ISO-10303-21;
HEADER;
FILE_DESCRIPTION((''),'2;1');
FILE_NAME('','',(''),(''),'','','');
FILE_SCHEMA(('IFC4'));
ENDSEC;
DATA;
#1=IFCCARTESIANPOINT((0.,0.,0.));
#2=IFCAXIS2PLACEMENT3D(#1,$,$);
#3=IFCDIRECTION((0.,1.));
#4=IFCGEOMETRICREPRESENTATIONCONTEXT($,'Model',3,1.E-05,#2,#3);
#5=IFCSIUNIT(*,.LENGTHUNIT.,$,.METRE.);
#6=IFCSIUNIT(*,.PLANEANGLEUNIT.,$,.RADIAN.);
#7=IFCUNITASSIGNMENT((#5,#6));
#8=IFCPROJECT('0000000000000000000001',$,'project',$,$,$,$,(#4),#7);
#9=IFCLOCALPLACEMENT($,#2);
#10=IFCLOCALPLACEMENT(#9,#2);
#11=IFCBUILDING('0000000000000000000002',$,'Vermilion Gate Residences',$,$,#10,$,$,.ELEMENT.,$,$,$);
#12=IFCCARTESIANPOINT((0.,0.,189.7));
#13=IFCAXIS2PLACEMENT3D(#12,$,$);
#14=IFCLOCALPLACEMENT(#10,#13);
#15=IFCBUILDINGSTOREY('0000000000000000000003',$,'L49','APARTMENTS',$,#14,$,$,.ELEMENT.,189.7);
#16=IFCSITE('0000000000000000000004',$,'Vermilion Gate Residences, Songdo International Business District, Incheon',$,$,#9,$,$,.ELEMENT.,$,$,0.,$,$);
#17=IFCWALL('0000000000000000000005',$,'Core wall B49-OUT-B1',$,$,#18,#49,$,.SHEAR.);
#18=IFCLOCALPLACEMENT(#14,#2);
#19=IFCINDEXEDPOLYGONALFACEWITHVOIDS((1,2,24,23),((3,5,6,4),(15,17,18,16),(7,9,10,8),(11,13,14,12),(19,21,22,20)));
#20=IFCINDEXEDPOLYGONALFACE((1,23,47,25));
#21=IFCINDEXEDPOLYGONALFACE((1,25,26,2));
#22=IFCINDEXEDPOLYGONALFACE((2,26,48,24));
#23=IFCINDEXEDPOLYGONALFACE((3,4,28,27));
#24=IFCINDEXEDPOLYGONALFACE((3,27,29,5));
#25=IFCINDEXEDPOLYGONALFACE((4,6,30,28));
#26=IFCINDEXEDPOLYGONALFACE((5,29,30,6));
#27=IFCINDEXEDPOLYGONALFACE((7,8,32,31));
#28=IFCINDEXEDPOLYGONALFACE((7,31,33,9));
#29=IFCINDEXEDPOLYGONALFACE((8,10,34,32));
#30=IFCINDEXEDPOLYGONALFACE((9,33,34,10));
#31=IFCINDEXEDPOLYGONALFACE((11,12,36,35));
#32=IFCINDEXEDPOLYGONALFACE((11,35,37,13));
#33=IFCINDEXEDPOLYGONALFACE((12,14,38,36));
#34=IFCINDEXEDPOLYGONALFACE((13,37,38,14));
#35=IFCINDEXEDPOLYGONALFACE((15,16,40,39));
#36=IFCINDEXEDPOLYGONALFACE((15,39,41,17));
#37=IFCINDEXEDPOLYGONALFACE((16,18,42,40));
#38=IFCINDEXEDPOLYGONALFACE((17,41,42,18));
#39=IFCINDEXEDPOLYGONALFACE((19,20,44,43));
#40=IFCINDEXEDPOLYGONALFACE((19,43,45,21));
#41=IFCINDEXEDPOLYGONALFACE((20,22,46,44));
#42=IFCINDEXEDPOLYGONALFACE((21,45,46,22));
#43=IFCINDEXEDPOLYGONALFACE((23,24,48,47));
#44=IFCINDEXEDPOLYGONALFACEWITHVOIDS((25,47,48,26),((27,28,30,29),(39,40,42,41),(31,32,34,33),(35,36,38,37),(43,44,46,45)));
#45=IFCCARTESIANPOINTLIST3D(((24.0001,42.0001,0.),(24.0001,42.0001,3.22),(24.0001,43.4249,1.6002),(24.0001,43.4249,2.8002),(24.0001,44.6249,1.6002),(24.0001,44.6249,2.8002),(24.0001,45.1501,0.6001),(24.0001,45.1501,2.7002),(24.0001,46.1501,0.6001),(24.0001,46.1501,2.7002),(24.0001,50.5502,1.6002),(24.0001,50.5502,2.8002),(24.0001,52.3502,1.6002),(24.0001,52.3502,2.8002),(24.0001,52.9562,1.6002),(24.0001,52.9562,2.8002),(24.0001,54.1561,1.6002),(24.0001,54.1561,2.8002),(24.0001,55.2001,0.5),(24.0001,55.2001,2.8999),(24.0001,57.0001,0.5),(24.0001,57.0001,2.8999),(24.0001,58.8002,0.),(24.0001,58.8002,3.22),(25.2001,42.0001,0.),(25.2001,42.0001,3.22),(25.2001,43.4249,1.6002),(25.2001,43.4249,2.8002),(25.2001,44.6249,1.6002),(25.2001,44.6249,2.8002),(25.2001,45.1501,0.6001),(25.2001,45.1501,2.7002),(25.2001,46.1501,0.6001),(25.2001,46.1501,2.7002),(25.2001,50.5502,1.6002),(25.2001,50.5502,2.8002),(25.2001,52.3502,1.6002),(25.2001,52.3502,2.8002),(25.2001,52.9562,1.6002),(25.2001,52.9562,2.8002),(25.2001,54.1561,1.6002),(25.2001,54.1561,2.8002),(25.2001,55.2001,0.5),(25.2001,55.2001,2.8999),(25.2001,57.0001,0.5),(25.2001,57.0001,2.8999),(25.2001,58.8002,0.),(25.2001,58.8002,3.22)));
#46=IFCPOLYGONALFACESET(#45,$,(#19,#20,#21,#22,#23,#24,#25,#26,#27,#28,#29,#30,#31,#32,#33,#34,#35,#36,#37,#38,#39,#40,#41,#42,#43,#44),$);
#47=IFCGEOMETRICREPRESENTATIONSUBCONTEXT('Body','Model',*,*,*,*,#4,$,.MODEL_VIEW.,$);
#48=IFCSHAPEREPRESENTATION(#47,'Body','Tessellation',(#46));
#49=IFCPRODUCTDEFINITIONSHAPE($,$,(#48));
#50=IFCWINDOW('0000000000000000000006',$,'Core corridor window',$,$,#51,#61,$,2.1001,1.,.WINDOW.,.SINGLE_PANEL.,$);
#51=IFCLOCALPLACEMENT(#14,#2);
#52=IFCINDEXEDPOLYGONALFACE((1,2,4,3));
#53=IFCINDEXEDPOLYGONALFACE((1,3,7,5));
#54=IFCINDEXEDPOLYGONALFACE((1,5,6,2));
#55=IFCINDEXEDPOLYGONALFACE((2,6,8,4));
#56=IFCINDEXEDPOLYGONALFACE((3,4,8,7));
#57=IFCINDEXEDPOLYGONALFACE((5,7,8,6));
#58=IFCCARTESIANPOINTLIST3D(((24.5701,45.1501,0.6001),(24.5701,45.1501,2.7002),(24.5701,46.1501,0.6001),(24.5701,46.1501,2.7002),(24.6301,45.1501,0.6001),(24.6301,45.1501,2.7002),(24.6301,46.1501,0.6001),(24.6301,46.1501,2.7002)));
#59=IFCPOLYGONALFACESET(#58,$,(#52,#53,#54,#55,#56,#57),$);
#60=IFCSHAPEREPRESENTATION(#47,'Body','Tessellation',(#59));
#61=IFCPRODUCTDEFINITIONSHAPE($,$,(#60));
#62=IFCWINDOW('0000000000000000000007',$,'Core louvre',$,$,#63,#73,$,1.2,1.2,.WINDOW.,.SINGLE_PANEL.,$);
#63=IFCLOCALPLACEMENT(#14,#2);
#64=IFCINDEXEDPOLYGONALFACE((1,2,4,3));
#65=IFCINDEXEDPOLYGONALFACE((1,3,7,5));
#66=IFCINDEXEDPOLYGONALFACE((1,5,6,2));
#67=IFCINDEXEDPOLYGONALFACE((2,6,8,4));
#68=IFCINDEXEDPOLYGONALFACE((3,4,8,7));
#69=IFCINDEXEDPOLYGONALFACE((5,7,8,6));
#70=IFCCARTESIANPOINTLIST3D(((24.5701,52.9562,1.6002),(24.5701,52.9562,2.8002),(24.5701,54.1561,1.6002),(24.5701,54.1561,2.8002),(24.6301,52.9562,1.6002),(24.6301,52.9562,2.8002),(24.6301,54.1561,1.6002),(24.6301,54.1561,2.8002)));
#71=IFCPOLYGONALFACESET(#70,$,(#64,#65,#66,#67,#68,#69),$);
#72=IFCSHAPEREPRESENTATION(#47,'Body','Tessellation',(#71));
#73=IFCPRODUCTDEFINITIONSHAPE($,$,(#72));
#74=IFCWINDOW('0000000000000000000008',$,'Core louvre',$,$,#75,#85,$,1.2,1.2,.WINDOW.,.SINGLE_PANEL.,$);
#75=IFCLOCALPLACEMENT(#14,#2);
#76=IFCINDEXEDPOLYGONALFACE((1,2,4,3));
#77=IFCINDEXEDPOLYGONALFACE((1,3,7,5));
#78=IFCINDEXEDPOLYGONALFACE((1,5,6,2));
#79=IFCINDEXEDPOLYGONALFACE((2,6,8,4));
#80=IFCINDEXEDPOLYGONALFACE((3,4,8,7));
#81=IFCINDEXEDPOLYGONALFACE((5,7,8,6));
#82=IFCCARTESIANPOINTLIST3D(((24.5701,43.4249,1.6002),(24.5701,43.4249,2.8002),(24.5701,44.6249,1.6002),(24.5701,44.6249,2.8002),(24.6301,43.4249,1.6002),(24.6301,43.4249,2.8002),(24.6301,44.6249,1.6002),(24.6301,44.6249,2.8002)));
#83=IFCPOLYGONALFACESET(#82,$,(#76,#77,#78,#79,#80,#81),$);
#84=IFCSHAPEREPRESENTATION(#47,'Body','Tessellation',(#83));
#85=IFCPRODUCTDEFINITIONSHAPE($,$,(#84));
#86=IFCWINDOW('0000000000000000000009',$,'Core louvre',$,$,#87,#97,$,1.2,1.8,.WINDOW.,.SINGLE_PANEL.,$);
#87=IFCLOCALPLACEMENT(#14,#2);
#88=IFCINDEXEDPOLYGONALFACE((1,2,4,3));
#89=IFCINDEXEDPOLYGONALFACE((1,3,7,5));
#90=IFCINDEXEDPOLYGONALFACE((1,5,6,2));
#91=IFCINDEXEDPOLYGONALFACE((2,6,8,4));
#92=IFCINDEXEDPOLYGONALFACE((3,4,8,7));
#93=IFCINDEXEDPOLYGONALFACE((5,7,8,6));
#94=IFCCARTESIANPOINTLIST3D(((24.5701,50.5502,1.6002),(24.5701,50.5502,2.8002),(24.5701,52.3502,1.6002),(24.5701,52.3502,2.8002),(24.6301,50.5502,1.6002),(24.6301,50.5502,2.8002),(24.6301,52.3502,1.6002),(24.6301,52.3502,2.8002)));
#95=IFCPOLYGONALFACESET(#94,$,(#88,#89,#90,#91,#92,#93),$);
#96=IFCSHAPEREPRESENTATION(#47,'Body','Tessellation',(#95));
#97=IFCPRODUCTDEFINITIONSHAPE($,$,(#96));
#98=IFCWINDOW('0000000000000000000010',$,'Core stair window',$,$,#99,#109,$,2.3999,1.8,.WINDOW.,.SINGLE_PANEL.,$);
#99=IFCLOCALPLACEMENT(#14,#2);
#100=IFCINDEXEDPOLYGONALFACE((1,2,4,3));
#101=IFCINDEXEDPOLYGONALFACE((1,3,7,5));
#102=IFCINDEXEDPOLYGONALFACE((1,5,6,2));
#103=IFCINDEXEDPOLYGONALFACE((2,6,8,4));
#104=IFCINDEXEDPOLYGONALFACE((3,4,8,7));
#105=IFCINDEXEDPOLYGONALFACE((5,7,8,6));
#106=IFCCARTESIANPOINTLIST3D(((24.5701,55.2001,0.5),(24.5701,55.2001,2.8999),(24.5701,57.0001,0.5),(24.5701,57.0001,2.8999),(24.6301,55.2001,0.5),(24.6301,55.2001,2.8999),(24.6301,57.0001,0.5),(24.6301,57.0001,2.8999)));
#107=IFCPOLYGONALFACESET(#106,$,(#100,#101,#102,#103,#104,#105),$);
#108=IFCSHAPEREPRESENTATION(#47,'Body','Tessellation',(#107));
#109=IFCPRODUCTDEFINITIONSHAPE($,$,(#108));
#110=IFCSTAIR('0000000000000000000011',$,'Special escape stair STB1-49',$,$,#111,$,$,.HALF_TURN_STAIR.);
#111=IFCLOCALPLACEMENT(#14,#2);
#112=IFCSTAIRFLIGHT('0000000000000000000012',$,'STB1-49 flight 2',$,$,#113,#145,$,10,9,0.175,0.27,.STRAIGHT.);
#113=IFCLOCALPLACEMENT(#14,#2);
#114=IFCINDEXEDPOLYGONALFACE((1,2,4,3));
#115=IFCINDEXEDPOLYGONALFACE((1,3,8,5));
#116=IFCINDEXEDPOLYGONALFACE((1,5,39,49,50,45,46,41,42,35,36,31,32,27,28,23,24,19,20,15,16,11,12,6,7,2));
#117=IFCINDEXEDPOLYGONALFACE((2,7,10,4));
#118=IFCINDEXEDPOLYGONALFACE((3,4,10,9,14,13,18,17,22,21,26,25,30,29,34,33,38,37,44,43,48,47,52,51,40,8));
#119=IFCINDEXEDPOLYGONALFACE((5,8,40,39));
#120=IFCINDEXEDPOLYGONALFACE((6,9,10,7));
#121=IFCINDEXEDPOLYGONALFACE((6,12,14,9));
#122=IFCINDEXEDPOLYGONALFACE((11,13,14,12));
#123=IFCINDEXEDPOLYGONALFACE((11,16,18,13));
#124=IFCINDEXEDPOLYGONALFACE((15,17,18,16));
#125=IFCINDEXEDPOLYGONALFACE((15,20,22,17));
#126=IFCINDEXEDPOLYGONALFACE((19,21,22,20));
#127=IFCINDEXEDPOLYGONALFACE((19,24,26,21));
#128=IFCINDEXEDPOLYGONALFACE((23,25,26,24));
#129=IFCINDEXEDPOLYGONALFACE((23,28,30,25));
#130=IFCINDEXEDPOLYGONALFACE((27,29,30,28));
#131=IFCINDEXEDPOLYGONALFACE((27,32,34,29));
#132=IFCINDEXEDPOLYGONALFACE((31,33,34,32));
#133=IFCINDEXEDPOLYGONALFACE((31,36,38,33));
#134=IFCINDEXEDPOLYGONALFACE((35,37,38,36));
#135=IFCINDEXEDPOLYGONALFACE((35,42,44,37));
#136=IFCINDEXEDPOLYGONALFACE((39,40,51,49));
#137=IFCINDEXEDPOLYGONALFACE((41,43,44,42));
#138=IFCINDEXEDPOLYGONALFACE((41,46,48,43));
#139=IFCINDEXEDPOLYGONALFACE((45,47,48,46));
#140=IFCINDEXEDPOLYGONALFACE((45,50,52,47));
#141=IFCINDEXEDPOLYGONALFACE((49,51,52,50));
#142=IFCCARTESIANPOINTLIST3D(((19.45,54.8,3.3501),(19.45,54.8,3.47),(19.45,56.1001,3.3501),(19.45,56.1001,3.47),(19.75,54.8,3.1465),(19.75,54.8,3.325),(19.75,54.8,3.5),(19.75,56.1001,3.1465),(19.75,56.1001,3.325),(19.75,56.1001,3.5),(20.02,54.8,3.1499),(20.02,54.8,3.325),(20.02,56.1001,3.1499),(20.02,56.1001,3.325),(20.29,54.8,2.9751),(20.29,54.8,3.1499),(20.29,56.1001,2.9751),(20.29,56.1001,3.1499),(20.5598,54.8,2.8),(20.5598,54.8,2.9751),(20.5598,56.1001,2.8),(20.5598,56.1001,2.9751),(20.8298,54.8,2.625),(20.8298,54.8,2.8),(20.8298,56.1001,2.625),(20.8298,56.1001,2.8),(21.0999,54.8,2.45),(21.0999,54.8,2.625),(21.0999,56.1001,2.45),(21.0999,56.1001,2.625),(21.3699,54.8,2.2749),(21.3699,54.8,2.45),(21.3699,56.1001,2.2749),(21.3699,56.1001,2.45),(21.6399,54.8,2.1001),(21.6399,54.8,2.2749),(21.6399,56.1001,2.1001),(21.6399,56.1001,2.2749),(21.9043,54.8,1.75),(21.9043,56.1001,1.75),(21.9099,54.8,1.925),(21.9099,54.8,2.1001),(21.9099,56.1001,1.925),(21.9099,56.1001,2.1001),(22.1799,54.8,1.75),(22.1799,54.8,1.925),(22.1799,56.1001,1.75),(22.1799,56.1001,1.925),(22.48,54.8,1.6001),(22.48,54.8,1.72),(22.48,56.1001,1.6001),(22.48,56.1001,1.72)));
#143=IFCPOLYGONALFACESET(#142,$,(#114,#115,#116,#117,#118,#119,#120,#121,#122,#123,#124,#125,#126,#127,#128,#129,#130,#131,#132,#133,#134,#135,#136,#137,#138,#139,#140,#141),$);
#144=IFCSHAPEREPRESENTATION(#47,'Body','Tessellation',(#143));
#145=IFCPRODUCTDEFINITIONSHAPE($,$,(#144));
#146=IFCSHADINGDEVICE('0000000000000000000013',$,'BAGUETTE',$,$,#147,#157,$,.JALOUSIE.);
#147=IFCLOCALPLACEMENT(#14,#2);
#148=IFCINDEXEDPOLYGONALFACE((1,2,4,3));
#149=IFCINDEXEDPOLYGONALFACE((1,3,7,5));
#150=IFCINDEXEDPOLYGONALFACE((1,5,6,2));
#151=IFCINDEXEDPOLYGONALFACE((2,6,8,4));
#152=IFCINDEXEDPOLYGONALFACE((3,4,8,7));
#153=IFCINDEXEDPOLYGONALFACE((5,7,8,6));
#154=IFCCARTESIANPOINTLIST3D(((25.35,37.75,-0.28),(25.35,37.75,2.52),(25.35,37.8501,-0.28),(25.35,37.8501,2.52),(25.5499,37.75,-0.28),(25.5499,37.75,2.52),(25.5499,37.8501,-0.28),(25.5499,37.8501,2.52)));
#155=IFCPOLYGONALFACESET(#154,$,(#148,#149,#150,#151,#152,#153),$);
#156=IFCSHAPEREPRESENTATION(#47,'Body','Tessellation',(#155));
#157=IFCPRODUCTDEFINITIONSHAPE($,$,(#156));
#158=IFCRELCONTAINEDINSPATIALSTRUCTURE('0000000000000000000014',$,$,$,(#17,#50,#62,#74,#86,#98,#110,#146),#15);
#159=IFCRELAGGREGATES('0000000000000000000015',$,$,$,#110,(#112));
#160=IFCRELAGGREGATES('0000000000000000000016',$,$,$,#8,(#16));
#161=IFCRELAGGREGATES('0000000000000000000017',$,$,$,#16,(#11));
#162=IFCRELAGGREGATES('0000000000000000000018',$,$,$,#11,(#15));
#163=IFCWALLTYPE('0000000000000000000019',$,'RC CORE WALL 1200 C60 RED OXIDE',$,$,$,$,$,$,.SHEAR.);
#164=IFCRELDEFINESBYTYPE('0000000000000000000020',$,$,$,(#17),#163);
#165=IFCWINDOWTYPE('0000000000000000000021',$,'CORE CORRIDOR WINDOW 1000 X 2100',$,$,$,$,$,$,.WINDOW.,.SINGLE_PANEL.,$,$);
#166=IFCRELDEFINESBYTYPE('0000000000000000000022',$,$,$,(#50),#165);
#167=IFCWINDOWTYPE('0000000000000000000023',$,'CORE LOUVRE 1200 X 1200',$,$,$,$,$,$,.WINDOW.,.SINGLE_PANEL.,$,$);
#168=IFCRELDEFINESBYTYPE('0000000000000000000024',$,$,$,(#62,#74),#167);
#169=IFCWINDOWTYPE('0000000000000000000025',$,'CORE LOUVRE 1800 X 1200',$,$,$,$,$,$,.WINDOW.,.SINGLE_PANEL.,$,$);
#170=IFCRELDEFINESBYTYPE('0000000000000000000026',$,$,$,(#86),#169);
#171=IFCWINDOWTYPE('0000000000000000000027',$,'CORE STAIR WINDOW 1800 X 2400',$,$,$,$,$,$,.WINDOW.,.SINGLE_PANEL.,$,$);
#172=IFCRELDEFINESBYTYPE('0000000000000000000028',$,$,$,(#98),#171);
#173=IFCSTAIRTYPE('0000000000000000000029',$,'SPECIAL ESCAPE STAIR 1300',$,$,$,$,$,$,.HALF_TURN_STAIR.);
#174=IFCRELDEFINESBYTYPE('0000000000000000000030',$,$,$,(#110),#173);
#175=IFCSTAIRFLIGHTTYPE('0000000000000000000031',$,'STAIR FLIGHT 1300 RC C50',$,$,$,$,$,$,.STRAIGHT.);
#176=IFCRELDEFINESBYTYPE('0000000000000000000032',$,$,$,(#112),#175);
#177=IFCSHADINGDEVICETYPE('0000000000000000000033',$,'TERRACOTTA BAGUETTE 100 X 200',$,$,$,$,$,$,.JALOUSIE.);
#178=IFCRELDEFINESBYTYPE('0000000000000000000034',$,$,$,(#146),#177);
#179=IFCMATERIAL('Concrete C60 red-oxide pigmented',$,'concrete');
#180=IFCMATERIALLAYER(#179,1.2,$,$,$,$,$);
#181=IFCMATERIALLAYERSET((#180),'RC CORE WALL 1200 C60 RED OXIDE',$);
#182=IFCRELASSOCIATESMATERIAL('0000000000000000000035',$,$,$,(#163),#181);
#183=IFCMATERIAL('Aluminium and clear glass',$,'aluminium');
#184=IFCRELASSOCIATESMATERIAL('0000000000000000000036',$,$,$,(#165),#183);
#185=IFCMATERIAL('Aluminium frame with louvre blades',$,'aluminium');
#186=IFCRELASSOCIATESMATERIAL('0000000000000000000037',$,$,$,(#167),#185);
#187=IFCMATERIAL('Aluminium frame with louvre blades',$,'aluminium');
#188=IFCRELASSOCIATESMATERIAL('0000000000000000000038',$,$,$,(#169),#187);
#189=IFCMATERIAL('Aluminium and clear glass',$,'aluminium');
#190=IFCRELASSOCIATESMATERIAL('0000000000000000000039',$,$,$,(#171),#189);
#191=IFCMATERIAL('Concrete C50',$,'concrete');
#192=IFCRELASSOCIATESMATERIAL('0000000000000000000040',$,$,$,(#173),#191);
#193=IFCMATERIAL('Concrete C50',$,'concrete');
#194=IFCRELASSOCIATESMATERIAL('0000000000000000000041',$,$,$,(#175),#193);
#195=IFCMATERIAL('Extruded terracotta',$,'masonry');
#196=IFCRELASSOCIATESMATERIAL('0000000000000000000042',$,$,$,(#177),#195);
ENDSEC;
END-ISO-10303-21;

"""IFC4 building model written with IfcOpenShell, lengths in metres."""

from ifc_helpers import new_model, si_unit, direction, frame, frame_2d, origin, origin_2d, place, context, subcontext, project, spatial, polyline, rectangle, outline, extrude, material, layer, layer_set, material_profile, profile_set, type_object, element, fill, aggregate, save


model = new_model("IFC4")

# Units and contexts
model_context = context("Model", 3, precision=1e-05, world=origin(), true_north=direction((0.0, 1.0)))
body_context = subcontext(model_context, "Body", "Model", "MODEL_VIEW")
ifc_project = project(units=[si_unit("LENGTHUNIT", "METRE"), si_unit("PLANEANGLEUNIT", "RADIAN")], contexts=[model_context])

# Site, building, storey
site_placement = place(None, origin())
site = spatial("IfcSite", under=ifc_project, at=site_placement, Name="Vermilion Gate Residences, Songdo International Business District, Incheon", CompositionType="ELEMENT", RefElevation=0.0)
building_placement = place(site_placement, origin())
building = spatial("IfcBuilding", under=site, at=building_placement, Name="Vermilion Gate Residences", CompositionType="ELEMENT")
storey_placement = place(building_placement, frame((0.0, 0.0, 189.7)))
storey = spatial("IfcBuildingStorey", under=building, at=storey_placement, Name="L49", Description="APARTMENTS", CompositionType="ELEMENT", Elevation=189.7)

# Wall, openings, windows
ifc_material_1 = material(Name="Concrete C60 red-oxide pigmented", Category="concrete")
ifc_layer_1 = layer(ifc_material_1, 1.2)
ifc_layer_set_1 = layer_set([ifc_layer_1], Name="RC CORE WALL 1200 C60 RED OXIDE")
wall_type_1 = type_object("IfcWallType", Name="RC CORE WALL 1200 C60 RED OXIDE", PredefinedType="SHEAR", material=ifc_layer_set_1)
wall_1_placement = place(storey_placement, frame((24.6001, 58.8, 0.0), z_axis=(0.0, 0.0, 1.0), x_axis=(0.0, -1.0, 0.0)))
wall_1 = element("IfcWall", 1, at=wall_1_placement, inside=storey, type_object=wall_type_1, Name="Core wall B49-OUT-B1", PredefinedType="SHEAR", context=body_context, shape_type="SweptSolid", body=[
    extrude(rectangle(XDim=16.8, YDim=1.2, at=frame_2d((8.3999, 0.0))), origin(), (0.0, 0.0, 1.0), 3.22),
])
opening_1_placement = place(wall_1_placement, frame((1.8, 0.0, 0.5)))
opening_1 = element("IfcOpeningElement", 2, at=opening_1_placement, cuts=wall_1, PredefinedType="OPENING", context=body_context, shape_type="SweptSolid", body=[
    extrude(rectangle(XDim=1.8, YDim=2.3999, at=frame_2d((0.8999, 1.2))), frame((0.0, 0.6099, 0.0), z_axis=(0.0, -1.0, 0.0), x_axis=(1.0, 0.0, 0.0)), (0.0, 0.0, 1.0), 1.22),
])
opening_2_placement = place(wall_1_placement, frame((4.6438, 0.0, 1.6001)))
opening_2 = element("IfcOpeningElement", 3, at=opening_2_placement, cuts=wall_1, PredefinedType="OPENING", context=body_context, shape_type="SweptSolid", body=[
    extrude(rectangle(XDim=1.2, YDim=1.2, at=frame_2d((0.6001, 0.6001))), frame((0.0, 0.6099, 0.0), z_axis=(0.0, -1.0, 0.0), x_axis=(1.0, 0.0, 0.0)), (0.0, 0.0, 1.0), 1.22),
])
opening_3_placement = place(wall_1_placement, frame((6.45, 0.0, 1.6001)))
opening_3 = element("IfcOpeningElement", 4, at=opening_3_placement, cuts=wall_1, PredefinedType="OPENING", context=body_context, shape_type="SweptSolid", body=[
    extrude(rectangle(XDim=1.8, YDim=1.2, at=frame_2d((0.8999, 0.6001))), frame((0.0, 0.6099, 0.0), z_axis=(0.0, -1.0, 0.0), x_axis=(1.0, 0.0, 0.0)), (0.0, 0.0, 1.0), 1.22),
])
opening_4_placement = place(wall_1_placement, frame((12.6499, 0.0, 0.6001)))
opening_4 = element("IfcOpeningElement", 5, at=opening_4_placement, cuts=wall_1, PredefinedType="OPENING", context=body_context, shape_type="SweptSolid", body=[
    extrude(rectangle(XDim=1.0, YDim=2.1001, at=frame_2d((0.5, 1.05))), frame((0.0, 0.6099, 0.0), z_axis=(0.0, -1.0, 0.0), x_axis=(1.0, 0.0, 0.0)), (0.0, 0.0, 1.0), 1.22),
])
opening_5_placement = place(wall_1_placement, frame((14.175, 0.0, 1.6001)))
opening_5 = element("IfcOpeningElement", 6, at=opening_5_placement, cuts=wall_1, PredefinedType="OPENING", context=body_context, shape_type="SweptSolid", body=[
    extrude(rectangle(XDim=1.2, YDim=1.2, at=frame_2d((0.6001, 0.6001))), frame((0.0, 0.6099, 0.0), z_axis=(0.0, -1.0, 0.0), x_axis=(1.0, 0.0, 0.0)), (0.0, 0.0, 1.0), 1.22),
])
ifc_material_2 = material(Name="Aluminium and clear glass", Category="aluminium")
window_type_1 = type_object("IfcWindowType", Name="CORE CORRIDOR WINDOW 1000 X 2100", PartitioningType="SINGLE_PANEL", PredefinedType="WINDOW", material=ifc_material_2)
window_1_placement = place(opening_4_placement, origin())
window_1 = element("IfcWindow", 7, at=window_1_placement, inside=storey, type_object=window_type_1, Name="Core corridor window", OverallHeight=2.1001, OverallWidth=1.0, PartitioningType="SINGLE_PANEL", PredefinedType="WINDOW", context=body_context, shape_type="SweptSolid", body=[
    extrude(rectangle(XDim=1.0, YDim=2.1001, at=frame_2d((0.5, 1.05))), frame((0.0, 0.03, 0.0), z_axis=(0.0, -1.0, 0.0), x_axis=(1.0, 0.0, 0.0)), (0.0, 0.0, 1.0), 0.0601),
])
fill(opening_4, window_1)
ifc_material_3 = material(Name="Aluminium frame with louvre blades", Category="aluminium")
window_type_2 = type_object("IfcWindowType", Name="CORE LOUVRE 1200 X 1200", PartitioningType="SINGLE_PANEL", PredefinedType="WINDOW", material=ifc_material_3)
window_2_placement = place(opening_2_placement, origin())
window_2 = element("IfcWindow", 8, at=window_2_placement, inside=storey, type_object=window_type_2, Name="Core louvre", OverallHeight=1.2, OverallWidth=1.2, PartitioningType="SINGLE_PANEL", PredefinedType="WINDOW", context=body_context, shape_type="SweptSolid", body=[
    extrude(rectangle(XDim=1.2, YDim=1.2, at=frame_2d((0.6001, 0.6001))), frame((0.0, 0.03, 0.0), z_axis=(0.0, -1.0, 0.0), x_axis=(1.0, 0.0, 0.0)), (0.0, 0.0, 1.0), 0.0601),
])
fill(opening_2, window_2)
window_3_placement = place(opening_5_placement, origin())
window_3 = element("IfcWindow", 9, at=window_3_placement, inside=storey, type_object=window_type_2, Name="Core louvre", OverallHeight=1.2, OverallWidth=1.2, PartitioningType="SINGLE_PANEL", PredefinedType="WINDOW", context=body_context, shape_type="SweptSolid", body=[
    extrude(rectangle(XDim=1.2, YDim=1.2, at=frame_2d((0.6001, 0.6001))), frame((0.0, 0.03, 0.0), z_axis=(0.0, -1.0, 0.0), x_axis=(1.0, 0.0, 0.0)), (0.0, 0.0, 1.0), 0.0601),
])
fill(opening_5, window_3)
ifc_material_4 = material(Name="Aluminium frame with louvre blades", Category="aluminium")
window_type_3 = type_object("IfcWindowType", Name="CORE LOUVRE 1800 X 1200", PartitioningType="SINGLE_PANEL", PredefinedType="WINDOW", material=ifc_material_4)
window_4_placement = place(opening_3_placement, origin())
window_4 = element("IfcWindow", 10, at=window_4_placement, inside=storey, type_object=window_type_3, Name="Core louvre", OverallHeight=1.2, OverallWidth=1.8, PartitioningType="SINGLE_PANEL", PredefinedType="WINDOW", context=body_context, shape_type="SweptSolid", body=[
    extrude(rectangle(XDim=1.8, YDim=1.2, at=frame_2d((0.8999, 0.6001))), frame((0.0, 0.03, 0.0), z_axis=(0.0, -1.0, 0.0), x_axis=(1.0, 0.0, 0.0)), (0.0, 0.0, 1.0), 0.0601),
])
fill(opening_3, window_4)
ifc_material_5 = material(Name="Aluminium and clear glass", Category="aluminium")
window_type_4 = type_object("IfcWindowType", Name="CORE STAIR WINDOW 1800 X 2400", PartitioningType="SINGLE_PANEL", PredefinedType="WINDOW", material=ifc_material_5)
window_5_placement = place(opening_1_placement, origin())
window_5 = element("IfcWindow", 11, at=window_5_placement, inside=storey, type_object=window_type_4, Name="Core stair window", OverallHeight=2.3999, OverallWidth=1.8, PartitioningType="SINGLE_PANEL", PredefinedType="WINDOW", context=body_context, shape_type="SweptSolid", body=[
    extrude(rectangle(XDim=1.8, YDim=2.3999, at=frame_2d((0.8999, 1.2))), frame((0.0, 0.03, 0.0), z_axis=(0.0, -1.0, 0.0), x_axis=(1.0, 0.0, 0.0)), (0.0, 0.0, 1.0), 0.0601),
])
fill(opening_1, window_5)

# Stair, stair flight
ifc_material_6 = material(Name="Concrete C50", Category="concrete")
stair_type = type_object("IfcStairType", Name="SPECIAL ESCAPE STAIR 1300", PredefinedType="HALF_TURN_STAIR", material=ifc_material_6)
stair_placement = place(storey_placement, origin())
stair = element("IfcStair", 12, at=stair_placement, inside=storey, type_object=stair_type, Name="Special escape stair STB1-49", PredefinedType="HALF_TURN_STAIR")
ifc_material_7 = material(Name="Concrete C50", Category="concrete")
stair_flight_type = type_object("IfcStairFlightType", Name="STAIR FLIGHT 1300 RC C50", PredefinedType="STRAIGHT", material=ifc_material_7)
stair_flight_placement = place(storey_placement, frame((22.1799, 55.45, 1.75), z_axis=(0.0, 0.0, 1.0), x_axis=(-1.0, 0.0, 0.0)))
stair_flight = element("IfcStairFlight", 13, at=stair_flight_placement, type_object=stair_flight_type, Name="STB1-49 flight 2", NumberOfRisers=10, NumberOfTreads=9, PredefinedType="STRAIGHT", RiserHeight=0.175, TreadLength=0.27, context=body_context, shape_type="SweptSolid", body=[
    extrude(outline(polyline([(-0.3, -0.1499), (-0.3, -0.03), (0.0, 0.0), (0.0, 0.175), (0.27, 0.175), (0.27, 0.3501), (0.54, 0.3501), (0.54, 0.5249), (0.8101, 0.5249), (0.8101, 0.7), (1.0801, 0.7), (1.0801, 0.875), (1.3501, 0.875), (1.3501, 1.05), (1.6201, 1.05), (1.6201, 1.2251), (1.8899, 1.2251), (1.8899, 1.3999), (2.1599, 1.3999), (2.1599, 1.575), (2.4299, 1.575), (2.4299, 1.75), (2.73, 1.72), (2.73, 1.6001), (2.4299, 1.3965), (0.2756, 0.0), (-0.3, -0.1499)])), frame((0.0, 0.6499, 0.0), z_axis=(0.0, -1.0, 0.0), x_axis=(1.0, 0.0, 0.0)), (0.0, 0.0, 1.0), 1.3),
])
aggregate(stair, [stair_flight])

# Shading device
ifc_material_8 = material(Name="Extruded terracotta", Category="masonry")
ifc_material_profile_1 = material_profile(ifc_material_8, rectangle(XDim=0.2, YDim=0.1001, at=origin_2d()), Name="BAGUETTE 100 X 200")
ifc_profile_set_1 = profile_set([ifc_material_profile_1], Name="Extruded terracotta")
shading_device_type_1 = type_object("IfcShadingDeviceType", Name="TERRACOTTA BAGUETTE 100 X 200", PredefinedType="JALOUSIE", material=ifc_profile_set_1)
shading_device_1_placement = place(storey_placement, frame((25.45, 37.8, -0.28), z_axis=(0.0, 0.0, 1.0), x_axis=(-1.0, 0.0, 0.0)))
element("IfcShadingDevice", 14, at=shading_device_1_placement, inside=storey, type_object=shading_device_type_1, Name="BAGUETTE", PredefinedType="JALOUSIE", context=body_context, shape_type="SweptSolid", body=[
    extrude(rectangle(XDim=0.2, YDim=0.1001, at=origin_2d()), origin(), (0.0, 0.0, 1.0), 2.8),
])

save(model, "model.ifc")
